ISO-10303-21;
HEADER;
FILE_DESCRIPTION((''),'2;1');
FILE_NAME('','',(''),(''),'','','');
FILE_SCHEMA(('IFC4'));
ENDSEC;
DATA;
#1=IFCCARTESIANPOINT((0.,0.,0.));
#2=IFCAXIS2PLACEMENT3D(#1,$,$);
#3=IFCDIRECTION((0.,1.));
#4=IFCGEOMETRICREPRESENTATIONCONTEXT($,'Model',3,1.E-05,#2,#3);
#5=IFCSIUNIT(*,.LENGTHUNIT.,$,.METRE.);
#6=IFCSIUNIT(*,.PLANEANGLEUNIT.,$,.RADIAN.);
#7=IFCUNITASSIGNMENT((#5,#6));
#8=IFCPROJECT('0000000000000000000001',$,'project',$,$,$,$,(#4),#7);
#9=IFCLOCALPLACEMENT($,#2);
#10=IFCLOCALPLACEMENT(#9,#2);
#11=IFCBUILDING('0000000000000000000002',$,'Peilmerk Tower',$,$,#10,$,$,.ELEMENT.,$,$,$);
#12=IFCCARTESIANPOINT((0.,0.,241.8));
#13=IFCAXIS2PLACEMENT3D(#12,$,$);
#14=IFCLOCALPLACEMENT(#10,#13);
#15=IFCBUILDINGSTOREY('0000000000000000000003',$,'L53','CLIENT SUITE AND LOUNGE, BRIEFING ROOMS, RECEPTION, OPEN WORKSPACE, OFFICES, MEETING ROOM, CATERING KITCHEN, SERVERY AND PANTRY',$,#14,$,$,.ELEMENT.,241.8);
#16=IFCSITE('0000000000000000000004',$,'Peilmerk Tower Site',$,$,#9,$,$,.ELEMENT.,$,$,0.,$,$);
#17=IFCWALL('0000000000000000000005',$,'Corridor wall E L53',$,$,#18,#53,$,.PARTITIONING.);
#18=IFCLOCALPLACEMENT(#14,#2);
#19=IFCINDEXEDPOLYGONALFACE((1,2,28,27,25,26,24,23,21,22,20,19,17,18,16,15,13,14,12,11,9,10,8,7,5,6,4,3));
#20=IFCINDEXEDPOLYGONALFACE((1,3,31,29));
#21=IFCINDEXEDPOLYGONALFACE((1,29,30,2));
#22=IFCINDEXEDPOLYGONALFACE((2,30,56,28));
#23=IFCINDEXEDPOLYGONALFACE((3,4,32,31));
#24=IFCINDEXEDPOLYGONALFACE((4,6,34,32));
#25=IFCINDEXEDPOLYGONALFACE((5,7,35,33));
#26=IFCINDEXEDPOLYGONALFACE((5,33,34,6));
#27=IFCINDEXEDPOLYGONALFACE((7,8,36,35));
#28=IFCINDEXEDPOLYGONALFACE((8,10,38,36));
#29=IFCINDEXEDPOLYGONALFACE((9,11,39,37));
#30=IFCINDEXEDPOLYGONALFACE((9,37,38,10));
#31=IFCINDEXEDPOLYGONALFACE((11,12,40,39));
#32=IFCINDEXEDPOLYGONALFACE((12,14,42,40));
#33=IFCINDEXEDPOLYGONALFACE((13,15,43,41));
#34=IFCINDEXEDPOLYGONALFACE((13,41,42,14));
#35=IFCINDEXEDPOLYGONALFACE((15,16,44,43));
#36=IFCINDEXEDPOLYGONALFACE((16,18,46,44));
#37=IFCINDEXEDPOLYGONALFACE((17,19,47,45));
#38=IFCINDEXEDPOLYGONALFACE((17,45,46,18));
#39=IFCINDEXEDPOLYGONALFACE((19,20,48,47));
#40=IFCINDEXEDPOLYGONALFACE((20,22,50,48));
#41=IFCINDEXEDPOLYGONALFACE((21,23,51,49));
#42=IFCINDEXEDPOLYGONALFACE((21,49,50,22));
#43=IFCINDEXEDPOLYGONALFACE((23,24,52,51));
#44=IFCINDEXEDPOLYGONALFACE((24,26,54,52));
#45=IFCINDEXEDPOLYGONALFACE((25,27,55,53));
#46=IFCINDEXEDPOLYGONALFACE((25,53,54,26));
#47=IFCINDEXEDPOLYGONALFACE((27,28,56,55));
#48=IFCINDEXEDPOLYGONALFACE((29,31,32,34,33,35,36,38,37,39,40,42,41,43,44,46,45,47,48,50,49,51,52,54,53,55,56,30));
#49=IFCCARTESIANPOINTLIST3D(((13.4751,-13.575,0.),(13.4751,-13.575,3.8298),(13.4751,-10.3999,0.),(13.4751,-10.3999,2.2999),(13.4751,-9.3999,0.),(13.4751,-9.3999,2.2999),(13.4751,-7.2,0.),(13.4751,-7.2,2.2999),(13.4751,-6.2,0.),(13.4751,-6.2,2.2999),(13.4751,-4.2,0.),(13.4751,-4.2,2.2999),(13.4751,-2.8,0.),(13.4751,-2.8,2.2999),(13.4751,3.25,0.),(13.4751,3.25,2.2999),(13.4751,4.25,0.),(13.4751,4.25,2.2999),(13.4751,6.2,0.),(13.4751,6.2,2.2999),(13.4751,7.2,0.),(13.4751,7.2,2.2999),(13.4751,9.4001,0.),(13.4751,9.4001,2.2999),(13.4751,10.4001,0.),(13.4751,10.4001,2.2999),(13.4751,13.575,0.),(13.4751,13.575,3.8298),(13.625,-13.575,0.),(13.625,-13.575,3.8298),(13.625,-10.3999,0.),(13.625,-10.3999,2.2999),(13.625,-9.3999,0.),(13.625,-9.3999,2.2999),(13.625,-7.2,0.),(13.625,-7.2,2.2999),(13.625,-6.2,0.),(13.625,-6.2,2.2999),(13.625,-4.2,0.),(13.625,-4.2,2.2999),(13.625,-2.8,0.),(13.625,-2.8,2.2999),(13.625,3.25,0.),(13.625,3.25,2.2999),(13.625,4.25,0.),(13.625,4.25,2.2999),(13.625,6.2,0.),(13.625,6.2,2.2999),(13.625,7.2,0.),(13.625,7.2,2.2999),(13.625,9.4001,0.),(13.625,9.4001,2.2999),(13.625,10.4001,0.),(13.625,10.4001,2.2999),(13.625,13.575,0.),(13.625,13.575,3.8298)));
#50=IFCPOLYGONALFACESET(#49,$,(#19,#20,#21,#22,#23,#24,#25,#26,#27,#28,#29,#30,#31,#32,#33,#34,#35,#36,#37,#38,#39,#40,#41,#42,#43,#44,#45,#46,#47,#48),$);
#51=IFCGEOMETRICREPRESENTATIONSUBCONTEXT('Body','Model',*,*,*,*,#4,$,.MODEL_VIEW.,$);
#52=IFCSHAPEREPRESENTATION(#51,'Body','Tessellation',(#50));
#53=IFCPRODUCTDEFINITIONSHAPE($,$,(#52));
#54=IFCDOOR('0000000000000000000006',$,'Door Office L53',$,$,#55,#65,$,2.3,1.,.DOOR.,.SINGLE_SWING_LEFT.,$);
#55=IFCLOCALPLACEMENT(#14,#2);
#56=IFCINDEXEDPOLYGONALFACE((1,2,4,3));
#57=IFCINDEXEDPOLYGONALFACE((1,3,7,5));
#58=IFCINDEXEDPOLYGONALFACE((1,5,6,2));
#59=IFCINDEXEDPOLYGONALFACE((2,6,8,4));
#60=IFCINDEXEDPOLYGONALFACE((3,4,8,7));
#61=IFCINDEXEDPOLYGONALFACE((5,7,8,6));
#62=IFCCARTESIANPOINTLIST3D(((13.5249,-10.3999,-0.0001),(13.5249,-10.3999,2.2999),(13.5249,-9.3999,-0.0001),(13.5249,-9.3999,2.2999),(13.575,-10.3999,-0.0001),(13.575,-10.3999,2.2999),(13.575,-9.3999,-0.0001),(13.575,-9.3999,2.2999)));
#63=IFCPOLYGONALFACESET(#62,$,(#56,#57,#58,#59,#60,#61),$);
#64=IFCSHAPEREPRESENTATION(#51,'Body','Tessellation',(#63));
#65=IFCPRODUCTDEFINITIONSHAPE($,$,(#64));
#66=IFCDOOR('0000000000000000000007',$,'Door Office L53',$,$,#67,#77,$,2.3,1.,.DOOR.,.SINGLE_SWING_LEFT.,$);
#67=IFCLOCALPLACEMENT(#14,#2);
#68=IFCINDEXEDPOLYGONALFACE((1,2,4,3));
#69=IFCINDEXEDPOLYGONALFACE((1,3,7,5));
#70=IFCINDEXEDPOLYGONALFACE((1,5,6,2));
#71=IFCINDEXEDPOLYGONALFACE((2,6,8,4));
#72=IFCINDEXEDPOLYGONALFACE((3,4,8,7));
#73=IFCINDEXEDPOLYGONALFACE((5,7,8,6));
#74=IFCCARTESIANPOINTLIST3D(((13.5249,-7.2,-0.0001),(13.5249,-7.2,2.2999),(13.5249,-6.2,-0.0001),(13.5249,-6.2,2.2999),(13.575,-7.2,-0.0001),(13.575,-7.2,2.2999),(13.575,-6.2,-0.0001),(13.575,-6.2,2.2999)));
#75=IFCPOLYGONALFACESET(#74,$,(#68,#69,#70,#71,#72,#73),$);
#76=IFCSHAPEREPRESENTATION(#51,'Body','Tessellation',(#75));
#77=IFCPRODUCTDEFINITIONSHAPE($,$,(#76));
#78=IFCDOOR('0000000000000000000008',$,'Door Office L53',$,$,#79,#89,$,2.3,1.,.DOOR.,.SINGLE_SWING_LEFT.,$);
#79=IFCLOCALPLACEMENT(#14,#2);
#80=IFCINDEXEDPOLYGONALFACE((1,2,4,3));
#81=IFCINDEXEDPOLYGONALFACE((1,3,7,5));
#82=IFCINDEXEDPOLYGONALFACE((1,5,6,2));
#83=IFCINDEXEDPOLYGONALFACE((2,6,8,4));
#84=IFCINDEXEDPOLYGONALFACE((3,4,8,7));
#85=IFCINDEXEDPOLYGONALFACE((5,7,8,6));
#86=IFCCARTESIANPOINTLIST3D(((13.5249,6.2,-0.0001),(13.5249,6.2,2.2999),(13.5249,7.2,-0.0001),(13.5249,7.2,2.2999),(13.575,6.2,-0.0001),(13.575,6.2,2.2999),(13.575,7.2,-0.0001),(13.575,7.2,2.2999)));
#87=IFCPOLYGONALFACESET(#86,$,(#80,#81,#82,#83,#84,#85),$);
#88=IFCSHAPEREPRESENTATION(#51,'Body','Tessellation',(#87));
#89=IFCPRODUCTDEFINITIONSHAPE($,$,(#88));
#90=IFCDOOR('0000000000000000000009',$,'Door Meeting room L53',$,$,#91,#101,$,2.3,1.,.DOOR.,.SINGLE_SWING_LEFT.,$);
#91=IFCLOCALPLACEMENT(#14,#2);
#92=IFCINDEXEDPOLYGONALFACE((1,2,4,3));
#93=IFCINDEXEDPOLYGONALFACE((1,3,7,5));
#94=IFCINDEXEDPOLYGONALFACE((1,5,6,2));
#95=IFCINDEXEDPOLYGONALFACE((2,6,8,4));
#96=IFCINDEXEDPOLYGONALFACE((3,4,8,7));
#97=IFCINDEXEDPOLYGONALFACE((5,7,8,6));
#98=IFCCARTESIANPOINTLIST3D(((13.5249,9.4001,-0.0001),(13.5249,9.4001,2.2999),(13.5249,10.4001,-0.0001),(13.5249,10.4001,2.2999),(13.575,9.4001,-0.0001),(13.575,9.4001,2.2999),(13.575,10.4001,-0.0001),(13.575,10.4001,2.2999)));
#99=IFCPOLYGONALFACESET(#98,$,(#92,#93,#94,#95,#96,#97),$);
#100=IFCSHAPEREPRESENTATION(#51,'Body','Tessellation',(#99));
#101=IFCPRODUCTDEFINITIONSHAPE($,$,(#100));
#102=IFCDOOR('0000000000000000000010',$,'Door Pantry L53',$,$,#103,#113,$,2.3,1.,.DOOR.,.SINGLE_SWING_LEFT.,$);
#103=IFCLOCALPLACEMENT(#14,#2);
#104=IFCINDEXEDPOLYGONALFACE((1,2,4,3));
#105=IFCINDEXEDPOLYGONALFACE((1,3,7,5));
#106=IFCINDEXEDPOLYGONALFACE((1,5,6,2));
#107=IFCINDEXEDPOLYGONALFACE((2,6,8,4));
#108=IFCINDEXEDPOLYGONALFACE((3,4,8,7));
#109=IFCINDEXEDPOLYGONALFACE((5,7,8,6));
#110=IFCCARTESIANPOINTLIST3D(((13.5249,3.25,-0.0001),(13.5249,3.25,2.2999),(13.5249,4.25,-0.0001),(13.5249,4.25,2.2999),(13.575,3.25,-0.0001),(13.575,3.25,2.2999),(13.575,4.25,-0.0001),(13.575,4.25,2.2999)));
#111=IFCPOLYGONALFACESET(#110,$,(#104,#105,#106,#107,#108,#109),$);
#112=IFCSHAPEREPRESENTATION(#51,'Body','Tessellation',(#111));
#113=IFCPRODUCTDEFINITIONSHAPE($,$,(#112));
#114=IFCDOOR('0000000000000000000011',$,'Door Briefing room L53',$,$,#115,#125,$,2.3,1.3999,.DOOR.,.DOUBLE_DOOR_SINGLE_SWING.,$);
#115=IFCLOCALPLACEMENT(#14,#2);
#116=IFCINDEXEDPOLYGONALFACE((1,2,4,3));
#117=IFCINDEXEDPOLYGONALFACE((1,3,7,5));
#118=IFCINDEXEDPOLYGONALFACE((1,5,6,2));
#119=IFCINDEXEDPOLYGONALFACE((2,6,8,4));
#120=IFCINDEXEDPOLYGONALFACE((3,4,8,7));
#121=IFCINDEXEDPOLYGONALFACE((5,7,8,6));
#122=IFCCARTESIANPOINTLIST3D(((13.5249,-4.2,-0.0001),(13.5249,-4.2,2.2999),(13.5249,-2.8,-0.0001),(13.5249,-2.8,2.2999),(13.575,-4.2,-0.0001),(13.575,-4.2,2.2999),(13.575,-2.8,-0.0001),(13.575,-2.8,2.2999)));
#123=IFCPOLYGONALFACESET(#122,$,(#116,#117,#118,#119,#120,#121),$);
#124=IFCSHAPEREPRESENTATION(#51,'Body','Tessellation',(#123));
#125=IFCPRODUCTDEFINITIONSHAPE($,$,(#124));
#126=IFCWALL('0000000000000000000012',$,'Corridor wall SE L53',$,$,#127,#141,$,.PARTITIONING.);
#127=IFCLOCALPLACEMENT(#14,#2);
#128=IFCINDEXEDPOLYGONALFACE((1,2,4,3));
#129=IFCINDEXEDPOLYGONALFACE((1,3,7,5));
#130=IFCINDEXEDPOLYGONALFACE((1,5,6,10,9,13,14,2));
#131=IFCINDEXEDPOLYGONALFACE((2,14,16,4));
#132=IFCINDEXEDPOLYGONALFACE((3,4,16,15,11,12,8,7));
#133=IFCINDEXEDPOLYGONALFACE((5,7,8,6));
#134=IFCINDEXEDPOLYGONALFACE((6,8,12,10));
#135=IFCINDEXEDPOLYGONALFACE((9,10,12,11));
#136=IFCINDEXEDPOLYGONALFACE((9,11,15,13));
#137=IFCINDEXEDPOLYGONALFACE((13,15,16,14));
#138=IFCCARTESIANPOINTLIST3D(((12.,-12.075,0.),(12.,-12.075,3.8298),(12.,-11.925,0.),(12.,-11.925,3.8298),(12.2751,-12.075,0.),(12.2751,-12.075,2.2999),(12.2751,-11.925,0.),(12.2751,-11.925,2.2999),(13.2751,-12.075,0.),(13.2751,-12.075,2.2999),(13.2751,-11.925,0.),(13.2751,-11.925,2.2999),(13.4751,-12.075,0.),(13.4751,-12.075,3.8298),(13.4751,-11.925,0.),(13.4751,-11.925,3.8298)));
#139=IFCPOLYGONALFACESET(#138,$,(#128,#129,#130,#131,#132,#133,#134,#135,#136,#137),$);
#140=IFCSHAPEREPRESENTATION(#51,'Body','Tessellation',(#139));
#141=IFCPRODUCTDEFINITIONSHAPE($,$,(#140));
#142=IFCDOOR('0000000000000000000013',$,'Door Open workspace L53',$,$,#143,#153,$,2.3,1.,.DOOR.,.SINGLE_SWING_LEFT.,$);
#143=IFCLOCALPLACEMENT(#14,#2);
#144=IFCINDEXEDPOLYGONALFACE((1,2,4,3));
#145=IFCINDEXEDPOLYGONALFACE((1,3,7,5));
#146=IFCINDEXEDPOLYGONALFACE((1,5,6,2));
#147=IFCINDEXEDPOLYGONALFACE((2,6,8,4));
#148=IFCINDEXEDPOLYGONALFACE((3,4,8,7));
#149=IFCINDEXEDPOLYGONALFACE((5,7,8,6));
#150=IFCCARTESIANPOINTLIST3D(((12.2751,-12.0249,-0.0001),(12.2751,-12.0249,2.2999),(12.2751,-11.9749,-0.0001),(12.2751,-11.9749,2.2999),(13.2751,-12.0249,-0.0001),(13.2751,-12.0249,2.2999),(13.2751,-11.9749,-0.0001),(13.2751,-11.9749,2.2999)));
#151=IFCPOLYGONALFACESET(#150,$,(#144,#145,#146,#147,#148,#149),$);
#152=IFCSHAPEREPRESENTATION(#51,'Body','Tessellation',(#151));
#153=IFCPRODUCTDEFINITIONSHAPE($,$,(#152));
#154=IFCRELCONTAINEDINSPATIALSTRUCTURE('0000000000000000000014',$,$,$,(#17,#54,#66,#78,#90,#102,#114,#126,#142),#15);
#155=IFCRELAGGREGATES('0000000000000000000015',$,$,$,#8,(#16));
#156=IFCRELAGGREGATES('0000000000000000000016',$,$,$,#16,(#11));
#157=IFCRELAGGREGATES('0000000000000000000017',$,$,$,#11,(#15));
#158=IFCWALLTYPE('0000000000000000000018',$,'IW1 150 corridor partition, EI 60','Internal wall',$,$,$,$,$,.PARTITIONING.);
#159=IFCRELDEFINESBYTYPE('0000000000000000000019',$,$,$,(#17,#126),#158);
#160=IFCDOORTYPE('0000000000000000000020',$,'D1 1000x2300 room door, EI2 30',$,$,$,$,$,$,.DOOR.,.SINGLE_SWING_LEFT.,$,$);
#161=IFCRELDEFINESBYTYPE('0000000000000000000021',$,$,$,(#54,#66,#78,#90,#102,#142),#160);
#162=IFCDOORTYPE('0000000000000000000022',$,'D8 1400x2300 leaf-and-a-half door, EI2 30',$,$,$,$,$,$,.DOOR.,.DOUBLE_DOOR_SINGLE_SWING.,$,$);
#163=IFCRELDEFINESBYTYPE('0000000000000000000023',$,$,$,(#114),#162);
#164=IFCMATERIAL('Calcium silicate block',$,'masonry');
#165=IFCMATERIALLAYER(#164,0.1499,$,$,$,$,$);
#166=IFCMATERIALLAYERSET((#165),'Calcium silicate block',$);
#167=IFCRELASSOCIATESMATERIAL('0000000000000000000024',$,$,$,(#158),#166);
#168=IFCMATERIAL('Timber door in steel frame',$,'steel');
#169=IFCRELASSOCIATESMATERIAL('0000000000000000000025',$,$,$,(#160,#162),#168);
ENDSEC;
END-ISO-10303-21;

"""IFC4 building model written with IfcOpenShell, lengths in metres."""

from ifc_helpers import new_model, si_unit, direction, frame, frame_2d, origin, place, context, subcontext, project, spatial, rectangle, extrude, material, layer, layer_set, type_object, element, fill, save


model = new_model("IFC4")

# Units and contexts
model_context = context("Model", 3, precision=1e-05, world=origin(), true_north=direction((0.0, 1.0)))
body_context = subcontext(model_context, "Body", "Model", "MODEL_VIEW")
ifc_project = project(units=[si_unit("LENGTHUNIT", "METRE"), si_unit("PLANEANGLEUNIT", "RADIAN")], contexts=[model_context])

# Site, building, storey
site_placement = place(None, origin())
site = spatial("IfcSite", under=ifc_project, at=site_placement, Name="Peilmerk Tower Site", CompositionType="ELEMENT", RefElevation=0.0)
building_placement = place(site_placement, origin())
building = spatial("IfcBuilding", under=site, at=building_placement, Name="Peilmerk Tower", CompositionType="ELEMENT")
storey_placement = place(building_placement, frame((0.0, 0.0, 241.8)))
storey = spatial("IfcBuildingStorey", under=building, at=storey_placement, Name="L53", Description="CLIENT SUITE AND LOUNGE, BRIEFING ROOMS, RECEPTION, OPEN WORKSPACE, OFFICES, MEETING ROOM, CATERING KITCHEN, SERVERY AND PANTRY", CompositionType="ELEMENT", Elevation=241.8)

# Wall, openings, doors
ifc_material_1 = material(Name="Calcium silicate block", Category="masonry")
ifc_layer_1 = layer(ifc_material_1, 0.1499)
ifc_layer_set_1 = layer_set([ifc_layer_1], Name="Calcium silicate block")
wall_type_1 = type_object("IfcWallType", Name="IW1 150 corridor partition, EI 60", Description="Internal wall", PredefinedType="PARTITIONING", material=ifc_layer_set_1)
wall_1_placement = place(storey_placement, frame((13.55, -13.575, 0.0), z_axis=(0.0, 0.0, 1.0), x_axis=(0.0, 1.0, 0.0)))
wall_1 = element("IfcWall", 1, at=wall_1_placement, inside=storey, type_object=wall_type_1, Name="Corridor wall E L53", PredefinedType="PARTITIONING", context=body_context, shape_type="SweptSolid", body=[
    extrude(rectangle(XDim=27.1499, YDim=0.1499, at=frame_2d((13.575, 0.0))), origin(), (0.0, 0.0, 1.0), 3.8298),
])
opening_1_placement = place(wall_1_placement, frame((3.175, 0.0, 0.0)))
opening_1 = element("IfcOpeningElement", 2, at=opening_1_placement, cuts=wall_1, PredefinedType="OPENING", context=body_context, shape_type="SweptSolid", body=[
    extrude(rectangle(XDim=1.0, YDim=2.3, at=frame_2d((0.5, 1.1499))), frame((0.0, 0.085, 0.0), z_axis=(0.0, -1.0, 0.0), x_axis=(1.0, 0.0, 0.0)), (0.0, 0.0, 1.0), 0.1699),
])
opening_2_placement = place(wall_1_placement, frame((6.375, 0.0, 0.0)))
opening_2 = element("IfcOpeningElement", 3, at=opening_2_placement, cuts=wall_1, PredefinedType="OPENING", context=body_context, shape_type="SweptSolid", body=[
    extrude(rectangle(XDim=1.0, YDim=2.3, at=frame_2d((0.5, 1.1499))), frame((0.0, 0.085, 0.0), z_axis=(0.0, -1.0, 0.0), x_axis=(1.0, 0.0, 0.0)), (0.0, 0.0, 1.0), 0.1699),
])
opening_3_placement = place(wall_1_placement, frame((19.7749, 0.0, 0.0)))
opening_3 = element("IfcOpeningElement", 4, at=opening_3_placement, cuts=wall_1, PredefinedType="OPENING", context=body_context, shape_type="SweptSolid", body=[
    extrude(rectangle(XDim=1.0, YDim=2.3, at=frame_2d((0.5, 1.1499))), frame((0.0, 0.085, 0.0), z_axis=(0.0, -1.0, 0.0), x_axis=(1.0, 0.0, 0.0)), (0.0, 0.0, 1.0), 0.1699),
])
opening_4_placement = place(wall_1_placement, frame((22.9751, 0.0, 0.0)))
opening_4 = element("IfcOpeningElement", 5, at=opening_4_placement, cuts=wall_1, PredefinedType="OPENING", context=body_context, shape_type="SweptSolid", body=[
    extrude(rectangle(XDim=1.0, YDim=2.3, at=frame_2d((0.5, 1.1499))), frame((0.0, 0.085, 0.0), z_axis=(0.0, -1.0, 0.0), x_axis=(1.0, 0.0, 0.0)), (0.0, 0.0, 1.0), 0.1699),
])
opening_5_placement = place(wall_1_placement, frame((16.825, 0.0, 0.0)))
opening_5 = element("IfcOpeningElement", 6, at=opening_5_placement, cuts=wall_1, PredefinedType="OPENING", context=body_context, shape_type="SweptSolid", body=[
    extrude(rectangle(XDim=1.0, YDim=2.3, at=frame_2d((0.5, 1.1499))), frame((0.0, 0.085, 0.0), z_axis=(0.0, -1.0, 0.0), x_axis=(1.0, 0.0, 0.0)), (0.0, 0.0, 1.0), 0.1699),
])
opening_6_placement = place(wall_1_placement, frame((9.375, 0.0, 0.0)))
opening_6 = element("IfcOpeningElement", 7, at=opening_6_placement, cuts=wall_1, PredefinedType="OPENING", context=body_context, shape_type="SweptSolid", body=[
    extrude(rectangle(XDim=1.3999, YDim=2.3, at=frame_2d((0.7, 1.1499))), frame((0.0, 0.085, 0.0), z_axis=(0.0, -1.0, 0.0), x_axis=(1.0, 0.0, 0.0)), (0.0, 0.0, 1.0), 0.1699),
])
ifc_material_2 = material(Name="Timber door in steel frame", Category="steel")
door_type_1 = type_object("IfcDoorType", Name="D1 1000x2300 room door, EI2 30", OperationType="SINGLE_SWING_LEFT", PredefinedType="DOOR", material=ifc_material_2)
door_1_placement = place(opening_1_placement, frame((1.0, 0.0, 0.0), z_axis=(0.0, 0.0, 1.0), x_axis=(-1.0, 0.0, 0.0)))
door_1 = element("IfcDoor", 8, at=door_1_placement, inside=storey, type_object=door_type_1, Name="Door Office L53", OperationType="SINGLE_SWING_LEFT", OverallHeight=2.3, OverallWidth=1.0, PredefinedType="DOOR", context=body_context, shape_type="SweptSolid", body=[
    extrude(rectangle(XDim=1.0, YDim=2.3, at=frame_2d((0.5, 1.1499))), frame((0.0, 0.0249, 0.0), z_axis=(0.0, -1.0, 0.0), x_axis=(1.0, 0.0, 0.0)), (0.0, 0.0, 1.0), 0.05),
])
fill(opening_1, door_1)
door_2_placement = place(opening_2_placement, frame((1.0, 0.0, 0.0), z_axis=(0.0, 0.0, 1.0), x_axis=(-1.0, 0.0, 0.0)))
door_2 = element("IfcDoor", 9, at=door_2_placement, inside=storey, type_object=door_type_1, Name="Door Office L53", OperationType="SINGLE_SWING_LEFT", OverallHeight=2.3, OverallWidth=1.0, PredefinedType="DOOR", context=body_context, shape_type="SweptSolid", body=[
    extrude(rectangle(XDim=1.0, YDim=2.3, at=frame_2d((0.5, 1.1499))), frame((0.0, 0.0249, 0.0), z_axis=(0.0, -1.0, 0.0), x_axis=(1.0, 0.0, 0.0)), (0.0, 0.0, 1.0), 0.05),
])
fill(opening_2, door_2)
door_3_placement = place(opening_3_placement, frame((1.0, 0.0, 0.0), z_axis=(0.0, 0.0, 1.0), x_axis=(-1.0, 0.0, 0.0)))
door_3 = element("IfcDoor", 10, at=door_3_placement, inside=storey, type_object=door_type_1, Name="Door Office L53", OperationType="SINGLE_SWING_LEFT", OverallHeight=2.3, OverallWidth=1.0, PredefinedType="DOOR", context=body_context, shape_type="SweptSolid", body=[
    extrude(rectangle(XDim=1.0, YDim=2.3, at=frame_2d((0.5, 1.1499))), frame((0.0, 0.0249, 0.0), z_axis=(0.0, -1.0, 0.0), x_axis=(1.0, 0.0, 0.0)), (0.0, 0.0, 1.0), 0.05),
])
fill(opening_3, door_3)
door_4_placement = place(opening_4_placement, frame((1.0, 0.0, 0.0), z_axis=(0.0, 0.0, 1.0), x_axis=(-1.0, 0.0, 0.0)))
door_4 = element("IfcDoor", 11, at=door_4_placement, inside=storey, type_object=door_type_1, Name="Door Meeting room L53", OperationType="SINGLE_SWING_LEFT", OverallHeight=2.3, OverallWidth=1.0, PredefinedType="DOOR", context=body_context, shape_type="SweptSolid", body=[
    extrude(rectangle(XDim=1.0, YDim=2.3, at=frame_2d((0.5, 1.1499))), frame((0.0, 0.0249, 0.0), z_axis=(0.0, -1.0, 0.0), x_axis=(1.0, 0.0, 0.0)), (0.0, 0.0, 1.0), 0.05),
])
fill(opening_4, door_4)
door_5_placement = place(opening_5_placement, frame((1.0, 0.0, 0.0), z_axis=(0.0, 0.0, 1.0), x_axis=(-1.0, 0.0, 0.0)))
door_5 = element("IfcDoor", 12, at=door_5_placement, inside=storey, type_object=door_type_1, Name="Door Pantry L53", OperationType="SINGLE_SWING_LEFT", OverallHeight=2.3, OverallWidth=1.0, PredefinedType="DOOR", context=body_context, shape_type="SweptSolid", body=[
    extrude(rectangle(XDim=1.0, YDim=2.3, at=frame_2d((0.5, 1.1499))), frame((0.0, 0.0249, 0.0), z_axis=(0.0, -1.0, 0.0), x_axis=(1.0, 0.0, 0.0)), (0.0, 0.0, 1.0), 0.05),
])
fill(opening_5, door_5)
door_type_2 = type_object("IfcDoorType", Name="D8 1400x2300 leaf-and-a-half door, EI2 30", OperationType="DOUBLE_DOOR_SINGLE_SWING", PredefinedType="DOOR", material=ifc_material_2)
door_6_placement = place(opening_6_placement, frame((1.3999, 0.0, 0.0), z_axis=(0.0, 0.0, 1.0), x_axis=(-1.0, 0.0, 0.0)))
door_6 = element("IfcDoor", 13, at=door_6_placement, inside=storey, type_object=door_type_2, Name="Door Briefing room L53", OperationType="DOUBLE_DOOR_SINGLE_SWING", OverallHeight=2.3, OverallWidth=1.3999, PredefinedType="DOOR", context=body_context, shape_type="SweptSolid", body=[
    extrude(rectangle(XDim=1.3999, YDim=2.3, at=frame_2d((0.7, 1.1499))), frame((0.0, 0.0249, 0.0), z_axis=(0.0, -1.0, 0.0), x_axis=(1.0, 0.0, 0.0)), (0.0, 0.0, 1.0), 0.05),
])
fill(opening_6, door_6)

# Wall, opening, door
wall_2_placement = place(storey_placement, frame((13.4751, -12.0, 0.0), z_axis=(0.0, 0.0, 1.0), x_axis=(-1.0, 0.0, 0.0)))
wall_2 = element("IfcWall", 14, at=wall_2_placement, inside=storey, type_object=wall_type_1, Name="Corridor wall SE L53", PredefinedType="PARTITIONING", context=body_context, shape_type="SweptSolid", body=[
    extrude(rectangle(XDim=1.4751, YDim=0.1499, at=frame_2d((0.7375, 0.0))), origin(), (0.0, 0.0, 1.0), 3.8298),
])
opening_7_placement = place(wall_2_placement, frame((0.2, 0.0, 0.0)))
opening_7 = element("IfcOpeningElement", 15, at=opening_7_placement, cuts=wall_2, PredefinedType="OPENING", context=body_context, shape_type="SweptSolid", body=[
    extrude(rectangle(XDim=1.0, YDim=2.3, at=frame_2d((0.5, 1.1499))), frame((0.0, 0.085, 0.0), z_axis=(0.0, -1.0, 0.0), x_axis=(1.0, 0.0, 0.0)), (0.0, 0.0, 1.0), 0.1699),
])
door_7_placement = place(opening_7_placement, origin())
door_7 = element("IfcDoor", 16, at=door_7_placement, inside=storey, type_object=door_type_1, Name="Door Open workspace L53", OperationType="SINGLE_SWING_LEFT", OverallHeight=2.3, OverallWidth=1.0, PredefinedType="DOOR", context=body_context, shape_type="SweptSolid", body=[
    extrude(rectangle(XDim=1.0, YDim=2.3, at=frame_2d((0.5, 1.1499))), frame((0.0, 0.0249, 0.0), z_axis=(0.0, -1.0, 0.0), x_axis=(1.0, 0.0, 0.0)), (0.0, 0.0, 1.0), 0.05),
])
fill(opening_7, door_7)

save(model, "model.ifc")
